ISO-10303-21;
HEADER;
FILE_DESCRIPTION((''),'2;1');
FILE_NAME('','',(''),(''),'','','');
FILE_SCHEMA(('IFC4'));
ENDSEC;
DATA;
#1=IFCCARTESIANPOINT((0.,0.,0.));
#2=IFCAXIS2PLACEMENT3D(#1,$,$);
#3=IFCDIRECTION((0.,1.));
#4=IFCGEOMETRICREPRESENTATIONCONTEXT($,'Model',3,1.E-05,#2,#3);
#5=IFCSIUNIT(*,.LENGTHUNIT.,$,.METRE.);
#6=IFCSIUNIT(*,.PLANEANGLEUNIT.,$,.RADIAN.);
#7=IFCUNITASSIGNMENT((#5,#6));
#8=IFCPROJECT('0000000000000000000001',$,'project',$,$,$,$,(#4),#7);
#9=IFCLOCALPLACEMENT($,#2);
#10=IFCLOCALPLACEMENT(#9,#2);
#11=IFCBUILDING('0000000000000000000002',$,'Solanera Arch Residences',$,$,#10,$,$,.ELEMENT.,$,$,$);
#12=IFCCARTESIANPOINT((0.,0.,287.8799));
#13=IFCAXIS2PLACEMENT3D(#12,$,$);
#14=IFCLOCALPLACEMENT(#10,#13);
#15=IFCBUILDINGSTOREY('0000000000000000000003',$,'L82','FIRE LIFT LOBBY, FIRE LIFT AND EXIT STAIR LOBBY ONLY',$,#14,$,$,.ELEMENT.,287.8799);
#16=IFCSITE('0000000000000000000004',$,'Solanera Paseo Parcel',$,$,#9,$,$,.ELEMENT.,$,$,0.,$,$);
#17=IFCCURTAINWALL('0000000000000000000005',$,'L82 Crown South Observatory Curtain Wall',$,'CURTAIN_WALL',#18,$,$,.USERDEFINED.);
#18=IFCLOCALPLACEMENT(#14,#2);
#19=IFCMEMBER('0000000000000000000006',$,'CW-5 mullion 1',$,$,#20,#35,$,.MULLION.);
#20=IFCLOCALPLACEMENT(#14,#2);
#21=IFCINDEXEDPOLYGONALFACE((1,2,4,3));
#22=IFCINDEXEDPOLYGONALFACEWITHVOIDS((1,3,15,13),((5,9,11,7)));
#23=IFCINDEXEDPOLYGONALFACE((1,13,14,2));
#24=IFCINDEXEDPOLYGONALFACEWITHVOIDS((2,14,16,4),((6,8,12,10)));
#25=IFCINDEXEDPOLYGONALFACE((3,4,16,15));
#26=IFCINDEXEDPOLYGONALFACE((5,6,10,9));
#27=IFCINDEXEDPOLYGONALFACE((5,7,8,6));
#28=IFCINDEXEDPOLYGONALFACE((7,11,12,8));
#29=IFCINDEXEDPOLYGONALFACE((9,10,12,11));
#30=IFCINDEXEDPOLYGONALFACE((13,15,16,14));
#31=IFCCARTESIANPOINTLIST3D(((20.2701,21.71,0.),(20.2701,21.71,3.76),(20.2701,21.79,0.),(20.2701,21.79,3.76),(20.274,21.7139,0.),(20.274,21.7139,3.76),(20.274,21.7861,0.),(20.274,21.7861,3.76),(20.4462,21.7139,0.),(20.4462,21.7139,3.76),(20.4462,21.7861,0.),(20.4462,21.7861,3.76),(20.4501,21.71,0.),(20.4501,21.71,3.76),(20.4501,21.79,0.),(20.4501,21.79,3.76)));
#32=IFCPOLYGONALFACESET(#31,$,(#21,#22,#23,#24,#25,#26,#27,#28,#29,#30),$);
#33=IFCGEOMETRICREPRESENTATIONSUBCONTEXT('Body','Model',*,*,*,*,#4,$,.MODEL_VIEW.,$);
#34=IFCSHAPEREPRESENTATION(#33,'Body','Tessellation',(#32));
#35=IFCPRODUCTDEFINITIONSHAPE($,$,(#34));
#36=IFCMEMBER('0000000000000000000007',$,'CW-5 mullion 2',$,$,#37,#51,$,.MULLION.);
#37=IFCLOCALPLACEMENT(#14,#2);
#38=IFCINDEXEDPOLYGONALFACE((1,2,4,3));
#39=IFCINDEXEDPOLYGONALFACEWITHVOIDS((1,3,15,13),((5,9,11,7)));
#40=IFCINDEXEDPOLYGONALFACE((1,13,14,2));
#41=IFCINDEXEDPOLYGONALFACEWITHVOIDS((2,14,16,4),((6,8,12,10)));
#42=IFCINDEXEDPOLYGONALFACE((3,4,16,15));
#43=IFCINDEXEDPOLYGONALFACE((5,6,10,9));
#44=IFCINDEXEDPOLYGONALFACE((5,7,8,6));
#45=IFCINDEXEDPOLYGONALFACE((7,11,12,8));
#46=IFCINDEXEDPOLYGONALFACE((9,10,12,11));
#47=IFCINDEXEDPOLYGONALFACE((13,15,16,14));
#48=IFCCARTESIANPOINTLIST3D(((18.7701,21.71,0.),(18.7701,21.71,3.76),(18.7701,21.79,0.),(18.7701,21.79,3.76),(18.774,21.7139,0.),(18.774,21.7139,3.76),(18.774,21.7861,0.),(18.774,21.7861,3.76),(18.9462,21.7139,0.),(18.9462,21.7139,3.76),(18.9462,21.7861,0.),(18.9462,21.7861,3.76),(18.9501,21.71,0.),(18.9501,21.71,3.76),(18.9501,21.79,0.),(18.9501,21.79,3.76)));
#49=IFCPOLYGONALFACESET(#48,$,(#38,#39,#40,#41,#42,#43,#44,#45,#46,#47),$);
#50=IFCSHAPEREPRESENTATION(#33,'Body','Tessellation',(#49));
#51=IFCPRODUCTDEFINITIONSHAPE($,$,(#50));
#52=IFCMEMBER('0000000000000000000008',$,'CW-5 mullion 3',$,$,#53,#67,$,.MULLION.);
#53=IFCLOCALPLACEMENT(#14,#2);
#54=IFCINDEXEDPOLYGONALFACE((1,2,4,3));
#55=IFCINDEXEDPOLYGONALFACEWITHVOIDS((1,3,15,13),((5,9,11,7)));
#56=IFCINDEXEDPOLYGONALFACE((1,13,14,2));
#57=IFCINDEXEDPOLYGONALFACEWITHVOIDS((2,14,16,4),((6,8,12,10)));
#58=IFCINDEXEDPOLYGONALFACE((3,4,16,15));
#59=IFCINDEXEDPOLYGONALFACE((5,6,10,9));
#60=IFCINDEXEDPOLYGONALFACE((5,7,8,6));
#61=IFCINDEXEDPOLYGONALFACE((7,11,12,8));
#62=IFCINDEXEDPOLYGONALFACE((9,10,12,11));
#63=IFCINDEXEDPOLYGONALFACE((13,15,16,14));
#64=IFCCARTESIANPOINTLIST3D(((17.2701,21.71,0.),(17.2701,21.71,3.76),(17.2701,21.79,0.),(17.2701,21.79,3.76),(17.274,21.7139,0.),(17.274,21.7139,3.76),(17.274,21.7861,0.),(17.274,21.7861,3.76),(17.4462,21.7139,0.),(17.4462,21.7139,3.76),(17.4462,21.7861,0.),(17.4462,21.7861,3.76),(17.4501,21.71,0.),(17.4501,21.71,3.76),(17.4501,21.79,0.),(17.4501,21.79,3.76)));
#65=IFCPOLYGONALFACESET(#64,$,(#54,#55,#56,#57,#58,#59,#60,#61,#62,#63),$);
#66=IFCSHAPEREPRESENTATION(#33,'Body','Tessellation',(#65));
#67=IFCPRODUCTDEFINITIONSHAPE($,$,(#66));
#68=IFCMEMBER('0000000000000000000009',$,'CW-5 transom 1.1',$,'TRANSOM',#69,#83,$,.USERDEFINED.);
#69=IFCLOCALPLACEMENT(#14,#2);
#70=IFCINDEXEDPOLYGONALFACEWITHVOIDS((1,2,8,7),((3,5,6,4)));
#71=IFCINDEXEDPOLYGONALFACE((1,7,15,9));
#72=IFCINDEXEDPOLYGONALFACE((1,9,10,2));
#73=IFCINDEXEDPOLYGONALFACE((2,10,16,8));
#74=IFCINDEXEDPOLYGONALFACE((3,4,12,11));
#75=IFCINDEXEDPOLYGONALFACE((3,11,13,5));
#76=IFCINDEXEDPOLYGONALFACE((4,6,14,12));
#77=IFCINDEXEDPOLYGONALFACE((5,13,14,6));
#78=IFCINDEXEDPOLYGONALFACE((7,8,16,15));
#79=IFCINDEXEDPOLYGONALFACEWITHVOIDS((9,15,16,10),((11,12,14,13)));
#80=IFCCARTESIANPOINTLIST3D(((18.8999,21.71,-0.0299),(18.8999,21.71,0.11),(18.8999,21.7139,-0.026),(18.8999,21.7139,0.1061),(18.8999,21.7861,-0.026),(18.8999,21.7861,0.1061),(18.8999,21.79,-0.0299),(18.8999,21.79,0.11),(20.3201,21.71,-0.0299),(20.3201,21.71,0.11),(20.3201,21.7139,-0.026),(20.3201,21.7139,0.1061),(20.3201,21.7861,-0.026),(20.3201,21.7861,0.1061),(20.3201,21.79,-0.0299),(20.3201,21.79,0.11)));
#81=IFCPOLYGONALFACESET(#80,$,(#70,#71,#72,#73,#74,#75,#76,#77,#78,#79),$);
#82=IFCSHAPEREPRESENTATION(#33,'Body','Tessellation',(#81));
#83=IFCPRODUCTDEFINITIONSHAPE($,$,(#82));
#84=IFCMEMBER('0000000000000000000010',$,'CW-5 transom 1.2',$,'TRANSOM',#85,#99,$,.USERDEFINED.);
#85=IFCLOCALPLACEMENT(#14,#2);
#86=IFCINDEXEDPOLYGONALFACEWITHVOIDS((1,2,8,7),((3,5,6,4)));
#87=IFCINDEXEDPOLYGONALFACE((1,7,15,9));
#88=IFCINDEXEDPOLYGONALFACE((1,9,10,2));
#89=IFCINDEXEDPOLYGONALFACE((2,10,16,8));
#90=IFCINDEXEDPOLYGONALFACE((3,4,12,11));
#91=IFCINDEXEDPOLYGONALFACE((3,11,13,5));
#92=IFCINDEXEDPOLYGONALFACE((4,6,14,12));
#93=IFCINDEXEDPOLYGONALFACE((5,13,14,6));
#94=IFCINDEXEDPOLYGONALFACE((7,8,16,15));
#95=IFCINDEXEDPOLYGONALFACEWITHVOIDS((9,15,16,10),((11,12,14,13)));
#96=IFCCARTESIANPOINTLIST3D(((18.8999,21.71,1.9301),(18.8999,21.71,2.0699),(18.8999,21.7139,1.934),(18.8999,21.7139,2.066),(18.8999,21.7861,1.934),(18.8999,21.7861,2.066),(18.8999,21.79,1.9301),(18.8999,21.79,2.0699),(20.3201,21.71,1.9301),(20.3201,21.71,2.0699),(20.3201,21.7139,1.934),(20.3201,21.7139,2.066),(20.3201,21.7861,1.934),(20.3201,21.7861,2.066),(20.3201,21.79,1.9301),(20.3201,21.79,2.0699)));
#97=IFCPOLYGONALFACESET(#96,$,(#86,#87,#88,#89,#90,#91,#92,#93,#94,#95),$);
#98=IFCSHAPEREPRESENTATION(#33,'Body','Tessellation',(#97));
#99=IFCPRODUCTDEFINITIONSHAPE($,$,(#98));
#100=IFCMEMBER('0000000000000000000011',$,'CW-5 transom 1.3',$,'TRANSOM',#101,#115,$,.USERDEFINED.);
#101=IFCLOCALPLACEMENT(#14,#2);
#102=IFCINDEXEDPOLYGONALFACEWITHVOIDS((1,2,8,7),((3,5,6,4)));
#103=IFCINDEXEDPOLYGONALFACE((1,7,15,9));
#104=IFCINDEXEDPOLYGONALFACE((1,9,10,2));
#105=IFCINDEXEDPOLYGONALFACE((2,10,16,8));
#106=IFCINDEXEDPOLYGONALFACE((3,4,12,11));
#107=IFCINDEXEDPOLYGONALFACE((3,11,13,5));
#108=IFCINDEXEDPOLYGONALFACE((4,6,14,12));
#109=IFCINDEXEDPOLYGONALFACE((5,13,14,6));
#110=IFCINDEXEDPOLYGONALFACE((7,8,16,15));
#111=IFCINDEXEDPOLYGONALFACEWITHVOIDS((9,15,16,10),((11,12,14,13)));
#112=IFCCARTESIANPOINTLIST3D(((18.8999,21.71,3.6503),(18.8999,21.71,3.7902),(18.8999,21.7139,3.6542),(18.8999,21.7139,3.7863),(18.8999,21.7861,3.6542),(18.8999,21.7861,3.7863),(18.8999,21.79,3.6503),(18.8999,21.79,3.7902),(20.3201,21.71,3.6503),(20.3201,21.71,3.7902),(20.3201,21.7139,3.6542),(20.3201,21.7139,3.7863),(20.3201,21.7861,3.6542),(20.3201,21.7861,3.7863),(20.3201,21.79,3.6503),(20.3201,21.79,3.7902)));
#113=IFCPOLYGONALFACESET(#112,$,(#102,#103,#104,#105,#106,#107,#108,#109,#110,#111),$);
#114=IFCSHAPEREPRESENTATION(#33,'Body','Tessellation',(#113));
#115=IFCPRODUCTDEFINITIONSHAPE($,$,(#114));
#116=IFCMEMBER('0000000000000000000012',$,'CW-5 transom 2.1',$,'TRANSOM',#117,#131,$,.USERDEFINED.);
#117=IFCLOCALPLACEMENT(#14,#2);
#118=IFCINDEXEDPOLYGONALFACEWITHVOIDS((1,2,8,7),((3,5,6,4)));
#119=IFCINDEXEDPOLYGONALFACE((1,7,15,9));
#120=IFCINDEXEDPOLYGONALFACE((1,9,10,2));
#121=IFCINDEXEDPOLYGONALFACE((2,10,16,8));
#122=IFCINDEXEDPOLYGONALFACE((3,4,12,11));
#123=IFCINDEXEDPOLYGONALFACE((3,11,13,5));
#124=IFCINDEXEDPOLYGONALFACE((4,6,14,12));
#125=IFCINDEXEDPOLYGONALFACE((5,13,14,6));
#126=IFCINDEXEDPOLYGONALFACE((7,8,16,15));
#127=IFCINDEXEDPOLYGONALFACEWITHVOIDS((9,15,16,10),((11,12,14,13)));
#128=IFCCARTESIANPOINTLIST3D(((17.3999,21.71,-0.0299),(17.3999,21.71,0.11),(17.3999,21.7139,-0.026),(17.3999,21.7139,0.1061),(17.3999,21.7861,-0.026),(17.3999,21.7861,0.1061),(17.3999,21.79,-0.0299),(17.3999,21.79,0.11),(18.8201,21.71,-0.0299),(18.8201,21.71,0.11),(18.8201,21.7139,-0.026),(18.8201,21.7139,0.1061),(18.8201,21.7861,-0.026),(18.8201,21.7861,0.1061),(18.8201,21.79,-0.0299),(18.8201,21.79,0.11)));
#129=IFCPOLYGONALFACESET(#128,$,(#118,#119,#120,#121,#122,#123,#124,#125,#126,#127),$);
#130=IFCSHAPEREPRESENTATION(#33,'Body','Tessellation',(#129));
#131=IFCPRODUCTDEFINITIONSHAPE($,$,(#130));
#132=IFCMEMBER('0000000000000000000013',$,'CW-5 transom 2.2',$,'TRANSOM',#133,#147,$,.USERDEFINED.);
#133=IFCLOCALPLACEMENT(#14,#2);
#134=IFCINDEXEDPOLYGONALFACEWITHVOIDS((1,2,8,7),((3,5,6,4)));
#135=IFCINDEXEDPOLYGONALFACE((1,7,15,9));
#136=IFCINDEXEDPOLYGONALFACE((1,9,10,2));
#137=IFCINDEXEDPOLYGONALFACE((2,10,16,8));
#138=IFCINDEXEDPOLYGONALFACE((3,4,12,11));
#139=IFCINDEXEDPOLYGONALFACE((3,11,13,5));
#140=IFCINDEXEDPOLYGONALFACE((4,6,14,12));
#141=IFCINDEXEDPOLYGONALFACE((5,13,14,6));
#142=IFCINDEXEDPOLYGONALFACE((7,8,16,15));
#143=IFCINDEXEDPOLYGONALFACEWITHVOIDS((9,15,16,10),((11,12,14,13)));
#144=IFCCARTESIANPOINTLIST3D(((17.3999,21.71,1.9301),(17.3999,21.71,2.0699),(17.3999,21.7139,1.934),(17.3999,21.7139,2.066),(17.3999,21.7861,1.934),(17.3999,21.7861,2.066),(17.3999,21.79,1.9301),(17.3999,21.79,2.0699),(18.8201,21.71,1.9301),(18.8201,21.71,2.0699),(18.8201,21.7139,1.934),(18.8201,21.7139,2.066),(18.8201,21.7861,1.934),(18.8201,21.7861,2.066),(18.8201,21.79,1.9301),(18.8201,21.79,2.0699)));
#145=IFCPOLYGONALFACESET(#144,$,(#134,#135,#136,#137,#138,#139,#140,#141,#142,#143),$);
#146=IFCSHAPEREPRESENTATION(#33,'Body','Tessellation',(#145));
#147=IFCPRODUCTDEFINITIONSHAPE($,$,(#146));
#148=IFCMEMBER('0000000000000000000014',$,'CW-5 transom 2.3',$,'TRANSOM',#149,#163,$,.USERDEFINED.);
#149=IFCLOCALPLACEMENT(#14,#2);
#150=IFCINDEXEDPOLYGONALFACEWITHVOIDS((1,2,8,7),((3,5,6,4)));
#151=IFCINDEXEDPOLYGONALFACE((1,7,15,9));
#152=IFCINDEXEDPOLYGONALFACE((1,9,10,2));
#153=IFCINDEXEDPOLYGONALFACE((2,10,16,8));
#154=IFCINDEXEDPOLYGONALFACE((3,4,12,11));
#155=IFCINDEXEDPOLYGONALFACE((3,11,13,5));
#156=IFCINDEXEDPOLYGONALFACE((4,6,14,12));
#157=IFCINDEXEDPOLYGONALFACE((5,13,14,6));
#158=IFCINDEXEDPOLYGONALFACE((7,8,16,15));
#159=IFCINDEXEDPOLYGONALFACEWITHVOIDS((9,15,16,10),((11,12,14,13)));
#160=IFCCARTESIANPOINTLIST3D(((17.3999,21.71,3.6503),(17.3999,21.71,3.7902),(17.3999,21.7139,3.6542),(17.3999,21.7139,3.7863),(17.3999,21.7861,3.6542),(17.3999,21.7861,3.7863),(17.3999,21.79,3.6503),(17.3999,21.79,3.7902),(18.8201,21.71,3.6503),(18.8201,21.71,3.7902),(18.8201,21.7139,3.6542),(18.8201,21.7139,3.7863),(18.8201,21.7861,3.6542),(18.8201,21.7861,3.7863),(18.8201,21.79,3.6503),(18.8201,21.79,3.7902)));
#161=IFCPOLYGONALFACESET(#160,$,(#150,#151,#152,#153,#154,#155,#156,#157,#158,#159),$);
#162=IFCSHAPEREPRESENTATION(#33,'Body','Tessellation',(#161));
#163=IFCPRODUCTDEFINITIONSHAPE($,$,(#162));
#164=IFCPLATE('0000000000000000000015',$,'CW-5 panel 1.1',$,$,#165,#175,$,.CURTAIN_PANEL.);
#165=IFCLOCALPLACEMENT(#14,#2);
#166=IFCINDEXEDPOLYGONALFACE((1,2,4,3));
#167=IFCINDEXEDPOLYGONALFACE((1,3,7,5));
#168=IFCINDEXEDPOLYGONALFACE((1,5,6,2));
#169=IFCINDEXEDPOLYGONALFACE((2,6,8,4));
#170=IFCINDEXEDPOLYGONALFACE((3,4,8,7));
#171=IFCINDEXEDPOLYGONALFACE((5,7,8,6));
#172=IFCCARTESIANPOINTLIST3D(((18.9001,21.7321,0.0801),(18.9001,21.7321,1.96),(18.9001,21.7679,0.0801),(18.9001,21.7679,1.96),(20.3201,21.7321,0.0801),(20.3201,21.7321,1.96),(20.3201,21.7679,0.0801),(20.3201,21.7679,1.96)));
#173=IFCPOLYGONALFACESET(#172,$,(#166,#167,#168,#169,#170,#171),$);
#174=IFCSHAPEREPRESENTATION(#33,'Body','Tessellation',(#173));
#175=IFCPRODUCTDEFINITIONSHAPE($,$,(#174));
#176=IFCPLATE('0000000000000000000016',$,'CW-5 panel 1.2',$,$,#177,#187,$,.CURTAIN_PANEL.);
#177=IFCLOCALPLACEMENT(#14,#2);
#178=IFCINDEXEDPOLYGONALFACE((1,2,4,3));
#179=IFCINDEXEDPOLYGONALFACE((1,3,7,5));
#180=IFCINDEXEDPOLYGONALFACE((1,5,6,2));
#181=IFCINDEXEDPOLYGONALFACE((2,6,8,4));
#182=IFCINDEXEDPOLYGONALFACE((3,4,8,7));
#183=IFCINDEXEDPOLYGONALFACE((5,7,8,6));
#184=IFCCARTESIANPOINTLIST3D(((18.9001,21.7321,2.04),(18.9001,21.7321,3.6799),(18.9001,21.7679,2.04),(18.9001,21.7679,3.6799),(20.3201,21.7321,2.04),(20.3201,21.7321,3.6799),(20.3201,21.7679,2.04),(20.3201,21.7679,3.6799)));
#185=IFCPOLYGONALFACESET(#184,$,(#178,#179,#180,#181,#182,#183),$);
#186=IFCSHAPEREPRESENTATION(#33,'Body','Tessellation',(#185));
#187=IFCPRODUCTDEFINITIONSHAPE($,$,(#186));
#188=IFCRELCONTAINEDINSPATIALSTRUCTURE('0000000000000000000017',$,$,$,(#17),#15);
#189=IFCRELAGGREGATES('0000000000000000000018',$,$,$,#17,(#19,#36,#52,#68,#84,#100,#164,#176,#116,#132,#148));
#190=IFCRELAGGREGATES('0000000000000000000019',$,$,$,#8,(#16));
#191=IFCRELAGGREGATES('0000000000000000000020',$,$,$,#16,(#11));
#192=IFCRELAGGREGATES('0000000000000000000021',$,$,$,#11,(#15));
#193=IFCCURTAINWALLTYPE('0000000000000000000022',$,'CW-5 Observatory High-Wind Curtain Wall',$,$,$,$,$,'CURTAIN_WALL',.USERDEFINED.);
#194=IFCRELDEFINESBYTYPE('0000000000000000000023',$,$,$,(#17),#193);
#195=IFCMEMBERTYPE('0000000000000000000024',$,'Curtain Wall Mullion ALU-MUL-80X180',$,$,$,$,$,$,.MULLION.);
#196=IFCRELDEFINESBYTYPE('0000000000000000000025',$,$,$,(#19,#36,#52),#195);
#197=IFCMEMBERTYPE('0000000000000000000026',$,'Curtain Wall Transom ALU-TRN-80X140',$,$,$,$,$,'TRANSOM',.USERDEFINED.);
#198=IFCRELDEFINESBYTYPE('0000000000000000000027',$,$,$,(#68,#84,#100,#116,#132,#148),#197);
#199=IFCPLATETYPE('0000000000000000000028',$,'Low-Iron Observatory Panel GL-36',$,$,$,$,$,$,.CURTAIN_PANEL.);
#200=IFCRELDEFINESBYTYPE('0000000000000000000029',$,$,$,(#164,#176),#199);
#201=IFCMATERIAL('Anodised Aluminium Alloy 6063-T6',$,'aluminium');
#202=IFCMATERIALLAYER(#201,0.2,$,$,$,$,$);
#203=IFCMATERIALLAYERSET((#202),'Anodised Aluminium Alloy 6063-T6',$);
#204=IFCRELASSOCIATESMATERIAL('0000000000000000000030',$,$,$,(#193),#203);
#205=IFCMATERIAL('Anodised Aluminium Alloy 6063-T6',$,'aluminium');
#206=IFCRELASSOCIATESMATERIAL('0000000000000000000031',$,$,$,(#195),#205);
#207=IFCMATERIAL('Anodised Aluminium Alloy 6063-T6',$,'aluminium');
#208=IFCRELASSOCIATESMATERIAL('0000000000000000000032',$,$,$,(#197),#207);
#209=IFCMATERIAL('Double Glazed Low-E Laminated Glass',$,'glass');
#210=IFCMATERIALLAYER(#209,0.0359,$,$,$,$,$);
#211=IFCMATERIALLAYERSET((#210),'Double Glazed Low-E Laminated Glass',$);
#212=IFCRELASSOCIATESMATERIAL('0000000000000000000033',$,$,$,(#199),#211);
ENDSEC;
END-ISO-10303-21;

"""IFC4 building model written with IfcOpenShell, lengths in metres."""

from ifc_helpers import new_model, si_unit, direction, frame, origin, origin_2d, place, context, subcontext, project, spatial, rectangle, hollow_rectangle, extrude, material, layer, layer_set, material_profile, profile_set, type_object, element, aggregate, save


model = new_model("IFC4")

# Units and contexts
model_context = context("Model", 3, precision=1e-05, world=origin(), true_north=direction((0.0, 1.0)))
body_context = subcontext(model_context, "Body", "Model", "MODEL_VIEW")
ifc_project = project(units=[si_unit("LENGTHUNIT", "METRE"), si_unit("PLANEANGLEUNIT", "RADIAN")], contexts=[model_context])

# Site, building, storey
site_placement = place(None, origin())
site = spatial("IfcSite", under=ifc_project, at=site_placement, Name="Solanera Paseo Parcel", CompositionType="ELEMENT", RefElevation=0.0)
building_placement = place(site_placement, origin())
building = spatial("IfcBuilding", under=site, at=building_placement, Name="Solanera Arch Residences", CompositionType="ELEMENT")
storey_placement = place(building_placement, frame((0.0, 0.0, 287.8799)))
storey = spatial("IfcBuildingStorey", under=building, at=storey_placement, Name="L82", Description="FIRE LIFT LOBBY, FIRE LIFT AND EXIT STAIR LOBBY ONLY", CompositionType="ELEMENT", Elevation=287.8799)

# Curtain wall, members, plates
ifc_material_1 = material(Name="Anodised Aluminium Alloy 6063-T6", Category="aluminium")
ifc_layer_1 = layer(ifc_material_1, 0.2)
ifc_layer_set_1 = layer_set([ifc_layer_1], Name="Anodised Aluminium Alloy 6063-T6")
curtain_wall_type = type_object("IfcCurtainWallType", Name="CW-5 Observatory High-Wind Curtain Wall", ElementType="CURTAIN_WALL", PredefinedType="USERDEFINED", material=ifc_layer_set_1)
curtain_wall_placement = place(storey_placement, origin())
curtain_wall = element("IfcCurtainWall", 1, at=curtain_wall_placement, inside=storey, type_object=curtain_wall_type, Name="L82 Crown South Observatory Curtain Wall", ObjectType="CURTAIN_WALL", PredefinedType="USERDEFINED")
ifc_material_2 = material(Name="Anodised Aluminium Alloy 6063-T6", Category="aluminium")
ifc_material_profile_1 = material_profile(ifc_material_2, hollow_rectangle(XDim=0.0801, YDim=0.1799, WallThickness=0.0039, at=origin_2d()))
ifc_profile_set_1 = profile_set([ifc_material_profile_1], Name="Anodised Aluminium Alloy 6063-T6")
member_type_1 = type_object("IfcMemberType", Name="Curtain Wall Mullion ALU-MUL-80X180", PredefinedType="MULLION", material=ifc_profile_set_1)
member_1_placement = place(storey_placement, frame((20.3601, 21.75, 0.0), z_axis=(0.0, 0.0, 1.0), x_axis=(0.0, -1.0, 0.0)))
member_1 = element("IfcMember", 2, at=member_1_placement, type_object=member_type_1, Name="CW-5 mullion 1", PredefinedType="MULLION", context=body_context, shape_type="SweptSolid", body=[
    extrude(hollow_rectangle(XDim=0.0801, YDim=0.1799, WallThickness=0.0039, at=origin_2d()), origin(), (0.0, 0.0, 1.0), 3.76),
])
member_2_placement = place(storey_placement, frame((18.8601, 21.75, 0.0), z_axis=(0.0, 0.0, 1.0), x_axis=(0.0, -1.0, 0.0)))
member_2 = element("IfcMember", 3, at=member_2_placement, type_object=member_type_1, Name="CW-5 mullion 2", PredefinedType="MULLION", context=body_context, shape_type="SweptSolid", body=[
    extrude(hollow_rectangle(XDim=0.0801, YDim=0.1799, WallThickness=0.0039, at=origin_2d()), origin(), (0.0, 0.0, 1.0), 3.76),
])
member_3_placement = place(storey_placement, frame((17.3601, 21.75, 0.0), z_axis=(0.0, 0.0, 1.0), x_axis=(0.0, -1.0, 0.0)))
member_3 = element("IfcMember", 4, at=member_3_placement, type_object=member_type_1, Name="CW-5 mullion 3", PredefinedType="MULLION", context=body_context, shape_type="SweptSolid", body=[
    extrude(hollow_rectangle(XDim=0.0801, YDim=0.1799, WallThickness=0.0039, at=origin_2d()), origin(), (0.0, 0.0, 1.0), 3.76),
])
ifc_material_3 = material(Name="Anodised Aluminium Alloy 6063-T6", Category="aluminium")
ifc_material_profile_2 = material_profile(ifc_material_3, hollow_rectangle(XDim=0.0801, YDim=0.1399, WallThickness=0.0039, at=origin_2d()))
ifc_profile_set_2 = profile_set([ifc_material_profile_2], Name="Anodised Aluminium Alloy 6063-T6")
member_type_2 = type_object("IfcMemberType", Name="Curtain Wall Transom ALU-TRN-80X140", ElementType="TRANSOM", PredefinedType="USERDEFINED", material=ifc_profile_set_2)
member_4_placement = place(storey_placement, frame((20.3201, 21.75, 0.04), z_axis=(-1.0, 0.0, 0.0), x_axis=(0.0, -1.0, 0.0)))
member_4 = element("IfcMember", 5, at=member_4_placement, type_object=member_type_2, Name="CW-5 transom 1.1", ObjectType="TRANSOM", PredefinedType="USERDEFINED", context=body_context, shape_type="SweptSolid", body=[
    extrude(hollow_rectangle(XDim=0.0801, YDim=0.1399, WallThickness=0.0039, at=origin_2d()), origin(), (0.0, 0.0, 1.0), 1.4202),
])
member_5_placement = place(storey_placement, frame((20.3201, 21.75, 2.0), z_axis=(-1.0, 0.0, 0.0), x_axis=(0.0, -1.0, 0.0)))
member_5 = element("IfcMember", 6, at=member_5_placement, type_object=member_type_2, Name="CW-5 transom 1.2", ObjectType="TRANSOM", PredefinedType="USERDEFINED", context=body_context, shape_type="SweptSolid", body=[
    extrude(hollow_rectangle(XDim=0.0801, YDim=0.1399, WallThickness=0.0039, at=origin_2d()), origin(), (0.0, 0.0, 1.0), 1.4202),
])
member_6_placement = place(storey_placement, frame((20.3201, 21.75, 3.7202), z_axis=(-1.0, 0.0, 0.0), x_axis=(0.0, -1.0, 0.0)))
member_6 = element("IfcMember", 7, at=member_6_placement, type_object=member_type_2, Name="CW-5 transom 1.3", ObjectType="TRANSOM", PredefinedType="USERDEFINED", context=body_context, shape_type="SweptSolid", body=[
    extrude(hollow_rectangle(XDim=0.0801, YDim=0.1399, WallThickness=0.0039, at=origin_2d()), origin(), (0.0, 0.0, 1.0), 1.4202),
])
member_7_placement = place(storey_placement, frame((18.8201, 21.75, 0.04), z_axis=(-1.0, 0.0, 0.0), x_axis=(0.0, -1.0, 0.0)))
member_7 = element("IfcMember", 8, at=member_7_placement, type_object=member_type_2, Name="CW-5 transom 2.1", ObjectType="TRANSOM", PredefinedType="USERDEFINED", context=body_context, shape_type="SweptSolid", body=[
    extrude(hollow_rectangle(XDim=0.0801, YDim=0.1399, WallThickness=0.0039, at=origin_2d()), origin(), (0.0, 0.0, 1.0), 1.4202),
])
member_8_placement = place(storey_placement, frame((18.8201, 21.75, 2.0), z_axis=(-1.0, 0.0, 0.0), x_axis=(0.0, -1.0, 0.0)))
member_8 = element("IfcMember", 9, at=member_8_placement, type_object=member_type_2, Name="CW-5 transom 2.2", ObjectType="TRANSOM", PredefinedType="USERDEFINED", context=body_context, shape_type="SweptSolid", body=[
    extrude(hollow_rectangle(XDim=0.0801, YDim=0.1399, WallThickness=0.0039, at=origin_2d()), origin(), (0.0, 0.0, 1.0), 1.4202),
])
member_9_placement = place(storey_placement, frame((18.8201, 21.75, 3.7202), z_axis=(-1.0, 0.0, 0.0), x_axis=(0.0, -1.0, 0.0)))
member_9 = element("IfcMember", 10, at=member_9_placement, type_object=member_type_2, Name="CW-5 transom 2.3", ObjectType="TRANSOM", PredefinedType="USERDEFINED", context=body_context, shape_type="SweptSolid", body=[
    extrude(hollow_rectangle(XDim=0.0801, YDim=0.1399, WallThickness=0.0039, at=origin_2d()), origin(), (0.0, 0.0, 1.0), 1.4202),
])
ifc_material_4 = material(Name="Double Glazed Low-E Laminated Glass", Category="glass")
ifc_layer_2 = layer(ifc_material_4, 0.0359)
ifc_layer_set_2 = layer_set([ifc_layer_2], Name="Double Glazed Low-E Laminated Glass")
plate_type = type_object("IfcPlateType", Name="Low-Iron Observatory Panel GL-36", PredefinedType="CURTAIN_PANEL", material=ifc_layer_set_2)
plate_1_placement = place(storey_placement, frame((19.6101, 21.75, 0.0801), z_axis=(0.0, 0.0, 1.0), x_axis=(-1.0, 0.0, 0.0)))
plate_1 = element("IfcPlate", 11, at=plate_1_placement, type_object=plate_type, Name="CW-5 panel 1.1", PredefinedType="CURTAIN_PANEL", context=body_context, shape_type="SweptSolid", body=[
    extrude(rectangle(XDim=1.4199, YDim=0.0359, at=origin_2d()), origin(), (0.0, 0.0, 1.0), 1.8799),
])
plate_2_placement = place(storey_placement, frame((19.6101, 21.75, 2.04), z_axis=(0.0, 0.0, 1.0), x_axis=(-1.0, 0.0, 0.0)))
plate_2 = element("IfcPlate", 12, at=plate_2_placement, type_object=plate_type, Name="CW-5 panel 1.2", PredefinedType="CURTAIN_PANEL", context=body_context, shape_type="SweptSolid", body=[
    extrude(rectangle(XDim=1.4199, YDim=0.0359, at=origin_2d()), origin(), (0.0, 0.0, 1.0), 1.6399),
])
aggregate(curtain_wall, [member_1, member_2, member_3, member_4, member_5, member_6, plate_1, plate_2, member_7, member_8, member_9])

save(model, "model.ifc")
